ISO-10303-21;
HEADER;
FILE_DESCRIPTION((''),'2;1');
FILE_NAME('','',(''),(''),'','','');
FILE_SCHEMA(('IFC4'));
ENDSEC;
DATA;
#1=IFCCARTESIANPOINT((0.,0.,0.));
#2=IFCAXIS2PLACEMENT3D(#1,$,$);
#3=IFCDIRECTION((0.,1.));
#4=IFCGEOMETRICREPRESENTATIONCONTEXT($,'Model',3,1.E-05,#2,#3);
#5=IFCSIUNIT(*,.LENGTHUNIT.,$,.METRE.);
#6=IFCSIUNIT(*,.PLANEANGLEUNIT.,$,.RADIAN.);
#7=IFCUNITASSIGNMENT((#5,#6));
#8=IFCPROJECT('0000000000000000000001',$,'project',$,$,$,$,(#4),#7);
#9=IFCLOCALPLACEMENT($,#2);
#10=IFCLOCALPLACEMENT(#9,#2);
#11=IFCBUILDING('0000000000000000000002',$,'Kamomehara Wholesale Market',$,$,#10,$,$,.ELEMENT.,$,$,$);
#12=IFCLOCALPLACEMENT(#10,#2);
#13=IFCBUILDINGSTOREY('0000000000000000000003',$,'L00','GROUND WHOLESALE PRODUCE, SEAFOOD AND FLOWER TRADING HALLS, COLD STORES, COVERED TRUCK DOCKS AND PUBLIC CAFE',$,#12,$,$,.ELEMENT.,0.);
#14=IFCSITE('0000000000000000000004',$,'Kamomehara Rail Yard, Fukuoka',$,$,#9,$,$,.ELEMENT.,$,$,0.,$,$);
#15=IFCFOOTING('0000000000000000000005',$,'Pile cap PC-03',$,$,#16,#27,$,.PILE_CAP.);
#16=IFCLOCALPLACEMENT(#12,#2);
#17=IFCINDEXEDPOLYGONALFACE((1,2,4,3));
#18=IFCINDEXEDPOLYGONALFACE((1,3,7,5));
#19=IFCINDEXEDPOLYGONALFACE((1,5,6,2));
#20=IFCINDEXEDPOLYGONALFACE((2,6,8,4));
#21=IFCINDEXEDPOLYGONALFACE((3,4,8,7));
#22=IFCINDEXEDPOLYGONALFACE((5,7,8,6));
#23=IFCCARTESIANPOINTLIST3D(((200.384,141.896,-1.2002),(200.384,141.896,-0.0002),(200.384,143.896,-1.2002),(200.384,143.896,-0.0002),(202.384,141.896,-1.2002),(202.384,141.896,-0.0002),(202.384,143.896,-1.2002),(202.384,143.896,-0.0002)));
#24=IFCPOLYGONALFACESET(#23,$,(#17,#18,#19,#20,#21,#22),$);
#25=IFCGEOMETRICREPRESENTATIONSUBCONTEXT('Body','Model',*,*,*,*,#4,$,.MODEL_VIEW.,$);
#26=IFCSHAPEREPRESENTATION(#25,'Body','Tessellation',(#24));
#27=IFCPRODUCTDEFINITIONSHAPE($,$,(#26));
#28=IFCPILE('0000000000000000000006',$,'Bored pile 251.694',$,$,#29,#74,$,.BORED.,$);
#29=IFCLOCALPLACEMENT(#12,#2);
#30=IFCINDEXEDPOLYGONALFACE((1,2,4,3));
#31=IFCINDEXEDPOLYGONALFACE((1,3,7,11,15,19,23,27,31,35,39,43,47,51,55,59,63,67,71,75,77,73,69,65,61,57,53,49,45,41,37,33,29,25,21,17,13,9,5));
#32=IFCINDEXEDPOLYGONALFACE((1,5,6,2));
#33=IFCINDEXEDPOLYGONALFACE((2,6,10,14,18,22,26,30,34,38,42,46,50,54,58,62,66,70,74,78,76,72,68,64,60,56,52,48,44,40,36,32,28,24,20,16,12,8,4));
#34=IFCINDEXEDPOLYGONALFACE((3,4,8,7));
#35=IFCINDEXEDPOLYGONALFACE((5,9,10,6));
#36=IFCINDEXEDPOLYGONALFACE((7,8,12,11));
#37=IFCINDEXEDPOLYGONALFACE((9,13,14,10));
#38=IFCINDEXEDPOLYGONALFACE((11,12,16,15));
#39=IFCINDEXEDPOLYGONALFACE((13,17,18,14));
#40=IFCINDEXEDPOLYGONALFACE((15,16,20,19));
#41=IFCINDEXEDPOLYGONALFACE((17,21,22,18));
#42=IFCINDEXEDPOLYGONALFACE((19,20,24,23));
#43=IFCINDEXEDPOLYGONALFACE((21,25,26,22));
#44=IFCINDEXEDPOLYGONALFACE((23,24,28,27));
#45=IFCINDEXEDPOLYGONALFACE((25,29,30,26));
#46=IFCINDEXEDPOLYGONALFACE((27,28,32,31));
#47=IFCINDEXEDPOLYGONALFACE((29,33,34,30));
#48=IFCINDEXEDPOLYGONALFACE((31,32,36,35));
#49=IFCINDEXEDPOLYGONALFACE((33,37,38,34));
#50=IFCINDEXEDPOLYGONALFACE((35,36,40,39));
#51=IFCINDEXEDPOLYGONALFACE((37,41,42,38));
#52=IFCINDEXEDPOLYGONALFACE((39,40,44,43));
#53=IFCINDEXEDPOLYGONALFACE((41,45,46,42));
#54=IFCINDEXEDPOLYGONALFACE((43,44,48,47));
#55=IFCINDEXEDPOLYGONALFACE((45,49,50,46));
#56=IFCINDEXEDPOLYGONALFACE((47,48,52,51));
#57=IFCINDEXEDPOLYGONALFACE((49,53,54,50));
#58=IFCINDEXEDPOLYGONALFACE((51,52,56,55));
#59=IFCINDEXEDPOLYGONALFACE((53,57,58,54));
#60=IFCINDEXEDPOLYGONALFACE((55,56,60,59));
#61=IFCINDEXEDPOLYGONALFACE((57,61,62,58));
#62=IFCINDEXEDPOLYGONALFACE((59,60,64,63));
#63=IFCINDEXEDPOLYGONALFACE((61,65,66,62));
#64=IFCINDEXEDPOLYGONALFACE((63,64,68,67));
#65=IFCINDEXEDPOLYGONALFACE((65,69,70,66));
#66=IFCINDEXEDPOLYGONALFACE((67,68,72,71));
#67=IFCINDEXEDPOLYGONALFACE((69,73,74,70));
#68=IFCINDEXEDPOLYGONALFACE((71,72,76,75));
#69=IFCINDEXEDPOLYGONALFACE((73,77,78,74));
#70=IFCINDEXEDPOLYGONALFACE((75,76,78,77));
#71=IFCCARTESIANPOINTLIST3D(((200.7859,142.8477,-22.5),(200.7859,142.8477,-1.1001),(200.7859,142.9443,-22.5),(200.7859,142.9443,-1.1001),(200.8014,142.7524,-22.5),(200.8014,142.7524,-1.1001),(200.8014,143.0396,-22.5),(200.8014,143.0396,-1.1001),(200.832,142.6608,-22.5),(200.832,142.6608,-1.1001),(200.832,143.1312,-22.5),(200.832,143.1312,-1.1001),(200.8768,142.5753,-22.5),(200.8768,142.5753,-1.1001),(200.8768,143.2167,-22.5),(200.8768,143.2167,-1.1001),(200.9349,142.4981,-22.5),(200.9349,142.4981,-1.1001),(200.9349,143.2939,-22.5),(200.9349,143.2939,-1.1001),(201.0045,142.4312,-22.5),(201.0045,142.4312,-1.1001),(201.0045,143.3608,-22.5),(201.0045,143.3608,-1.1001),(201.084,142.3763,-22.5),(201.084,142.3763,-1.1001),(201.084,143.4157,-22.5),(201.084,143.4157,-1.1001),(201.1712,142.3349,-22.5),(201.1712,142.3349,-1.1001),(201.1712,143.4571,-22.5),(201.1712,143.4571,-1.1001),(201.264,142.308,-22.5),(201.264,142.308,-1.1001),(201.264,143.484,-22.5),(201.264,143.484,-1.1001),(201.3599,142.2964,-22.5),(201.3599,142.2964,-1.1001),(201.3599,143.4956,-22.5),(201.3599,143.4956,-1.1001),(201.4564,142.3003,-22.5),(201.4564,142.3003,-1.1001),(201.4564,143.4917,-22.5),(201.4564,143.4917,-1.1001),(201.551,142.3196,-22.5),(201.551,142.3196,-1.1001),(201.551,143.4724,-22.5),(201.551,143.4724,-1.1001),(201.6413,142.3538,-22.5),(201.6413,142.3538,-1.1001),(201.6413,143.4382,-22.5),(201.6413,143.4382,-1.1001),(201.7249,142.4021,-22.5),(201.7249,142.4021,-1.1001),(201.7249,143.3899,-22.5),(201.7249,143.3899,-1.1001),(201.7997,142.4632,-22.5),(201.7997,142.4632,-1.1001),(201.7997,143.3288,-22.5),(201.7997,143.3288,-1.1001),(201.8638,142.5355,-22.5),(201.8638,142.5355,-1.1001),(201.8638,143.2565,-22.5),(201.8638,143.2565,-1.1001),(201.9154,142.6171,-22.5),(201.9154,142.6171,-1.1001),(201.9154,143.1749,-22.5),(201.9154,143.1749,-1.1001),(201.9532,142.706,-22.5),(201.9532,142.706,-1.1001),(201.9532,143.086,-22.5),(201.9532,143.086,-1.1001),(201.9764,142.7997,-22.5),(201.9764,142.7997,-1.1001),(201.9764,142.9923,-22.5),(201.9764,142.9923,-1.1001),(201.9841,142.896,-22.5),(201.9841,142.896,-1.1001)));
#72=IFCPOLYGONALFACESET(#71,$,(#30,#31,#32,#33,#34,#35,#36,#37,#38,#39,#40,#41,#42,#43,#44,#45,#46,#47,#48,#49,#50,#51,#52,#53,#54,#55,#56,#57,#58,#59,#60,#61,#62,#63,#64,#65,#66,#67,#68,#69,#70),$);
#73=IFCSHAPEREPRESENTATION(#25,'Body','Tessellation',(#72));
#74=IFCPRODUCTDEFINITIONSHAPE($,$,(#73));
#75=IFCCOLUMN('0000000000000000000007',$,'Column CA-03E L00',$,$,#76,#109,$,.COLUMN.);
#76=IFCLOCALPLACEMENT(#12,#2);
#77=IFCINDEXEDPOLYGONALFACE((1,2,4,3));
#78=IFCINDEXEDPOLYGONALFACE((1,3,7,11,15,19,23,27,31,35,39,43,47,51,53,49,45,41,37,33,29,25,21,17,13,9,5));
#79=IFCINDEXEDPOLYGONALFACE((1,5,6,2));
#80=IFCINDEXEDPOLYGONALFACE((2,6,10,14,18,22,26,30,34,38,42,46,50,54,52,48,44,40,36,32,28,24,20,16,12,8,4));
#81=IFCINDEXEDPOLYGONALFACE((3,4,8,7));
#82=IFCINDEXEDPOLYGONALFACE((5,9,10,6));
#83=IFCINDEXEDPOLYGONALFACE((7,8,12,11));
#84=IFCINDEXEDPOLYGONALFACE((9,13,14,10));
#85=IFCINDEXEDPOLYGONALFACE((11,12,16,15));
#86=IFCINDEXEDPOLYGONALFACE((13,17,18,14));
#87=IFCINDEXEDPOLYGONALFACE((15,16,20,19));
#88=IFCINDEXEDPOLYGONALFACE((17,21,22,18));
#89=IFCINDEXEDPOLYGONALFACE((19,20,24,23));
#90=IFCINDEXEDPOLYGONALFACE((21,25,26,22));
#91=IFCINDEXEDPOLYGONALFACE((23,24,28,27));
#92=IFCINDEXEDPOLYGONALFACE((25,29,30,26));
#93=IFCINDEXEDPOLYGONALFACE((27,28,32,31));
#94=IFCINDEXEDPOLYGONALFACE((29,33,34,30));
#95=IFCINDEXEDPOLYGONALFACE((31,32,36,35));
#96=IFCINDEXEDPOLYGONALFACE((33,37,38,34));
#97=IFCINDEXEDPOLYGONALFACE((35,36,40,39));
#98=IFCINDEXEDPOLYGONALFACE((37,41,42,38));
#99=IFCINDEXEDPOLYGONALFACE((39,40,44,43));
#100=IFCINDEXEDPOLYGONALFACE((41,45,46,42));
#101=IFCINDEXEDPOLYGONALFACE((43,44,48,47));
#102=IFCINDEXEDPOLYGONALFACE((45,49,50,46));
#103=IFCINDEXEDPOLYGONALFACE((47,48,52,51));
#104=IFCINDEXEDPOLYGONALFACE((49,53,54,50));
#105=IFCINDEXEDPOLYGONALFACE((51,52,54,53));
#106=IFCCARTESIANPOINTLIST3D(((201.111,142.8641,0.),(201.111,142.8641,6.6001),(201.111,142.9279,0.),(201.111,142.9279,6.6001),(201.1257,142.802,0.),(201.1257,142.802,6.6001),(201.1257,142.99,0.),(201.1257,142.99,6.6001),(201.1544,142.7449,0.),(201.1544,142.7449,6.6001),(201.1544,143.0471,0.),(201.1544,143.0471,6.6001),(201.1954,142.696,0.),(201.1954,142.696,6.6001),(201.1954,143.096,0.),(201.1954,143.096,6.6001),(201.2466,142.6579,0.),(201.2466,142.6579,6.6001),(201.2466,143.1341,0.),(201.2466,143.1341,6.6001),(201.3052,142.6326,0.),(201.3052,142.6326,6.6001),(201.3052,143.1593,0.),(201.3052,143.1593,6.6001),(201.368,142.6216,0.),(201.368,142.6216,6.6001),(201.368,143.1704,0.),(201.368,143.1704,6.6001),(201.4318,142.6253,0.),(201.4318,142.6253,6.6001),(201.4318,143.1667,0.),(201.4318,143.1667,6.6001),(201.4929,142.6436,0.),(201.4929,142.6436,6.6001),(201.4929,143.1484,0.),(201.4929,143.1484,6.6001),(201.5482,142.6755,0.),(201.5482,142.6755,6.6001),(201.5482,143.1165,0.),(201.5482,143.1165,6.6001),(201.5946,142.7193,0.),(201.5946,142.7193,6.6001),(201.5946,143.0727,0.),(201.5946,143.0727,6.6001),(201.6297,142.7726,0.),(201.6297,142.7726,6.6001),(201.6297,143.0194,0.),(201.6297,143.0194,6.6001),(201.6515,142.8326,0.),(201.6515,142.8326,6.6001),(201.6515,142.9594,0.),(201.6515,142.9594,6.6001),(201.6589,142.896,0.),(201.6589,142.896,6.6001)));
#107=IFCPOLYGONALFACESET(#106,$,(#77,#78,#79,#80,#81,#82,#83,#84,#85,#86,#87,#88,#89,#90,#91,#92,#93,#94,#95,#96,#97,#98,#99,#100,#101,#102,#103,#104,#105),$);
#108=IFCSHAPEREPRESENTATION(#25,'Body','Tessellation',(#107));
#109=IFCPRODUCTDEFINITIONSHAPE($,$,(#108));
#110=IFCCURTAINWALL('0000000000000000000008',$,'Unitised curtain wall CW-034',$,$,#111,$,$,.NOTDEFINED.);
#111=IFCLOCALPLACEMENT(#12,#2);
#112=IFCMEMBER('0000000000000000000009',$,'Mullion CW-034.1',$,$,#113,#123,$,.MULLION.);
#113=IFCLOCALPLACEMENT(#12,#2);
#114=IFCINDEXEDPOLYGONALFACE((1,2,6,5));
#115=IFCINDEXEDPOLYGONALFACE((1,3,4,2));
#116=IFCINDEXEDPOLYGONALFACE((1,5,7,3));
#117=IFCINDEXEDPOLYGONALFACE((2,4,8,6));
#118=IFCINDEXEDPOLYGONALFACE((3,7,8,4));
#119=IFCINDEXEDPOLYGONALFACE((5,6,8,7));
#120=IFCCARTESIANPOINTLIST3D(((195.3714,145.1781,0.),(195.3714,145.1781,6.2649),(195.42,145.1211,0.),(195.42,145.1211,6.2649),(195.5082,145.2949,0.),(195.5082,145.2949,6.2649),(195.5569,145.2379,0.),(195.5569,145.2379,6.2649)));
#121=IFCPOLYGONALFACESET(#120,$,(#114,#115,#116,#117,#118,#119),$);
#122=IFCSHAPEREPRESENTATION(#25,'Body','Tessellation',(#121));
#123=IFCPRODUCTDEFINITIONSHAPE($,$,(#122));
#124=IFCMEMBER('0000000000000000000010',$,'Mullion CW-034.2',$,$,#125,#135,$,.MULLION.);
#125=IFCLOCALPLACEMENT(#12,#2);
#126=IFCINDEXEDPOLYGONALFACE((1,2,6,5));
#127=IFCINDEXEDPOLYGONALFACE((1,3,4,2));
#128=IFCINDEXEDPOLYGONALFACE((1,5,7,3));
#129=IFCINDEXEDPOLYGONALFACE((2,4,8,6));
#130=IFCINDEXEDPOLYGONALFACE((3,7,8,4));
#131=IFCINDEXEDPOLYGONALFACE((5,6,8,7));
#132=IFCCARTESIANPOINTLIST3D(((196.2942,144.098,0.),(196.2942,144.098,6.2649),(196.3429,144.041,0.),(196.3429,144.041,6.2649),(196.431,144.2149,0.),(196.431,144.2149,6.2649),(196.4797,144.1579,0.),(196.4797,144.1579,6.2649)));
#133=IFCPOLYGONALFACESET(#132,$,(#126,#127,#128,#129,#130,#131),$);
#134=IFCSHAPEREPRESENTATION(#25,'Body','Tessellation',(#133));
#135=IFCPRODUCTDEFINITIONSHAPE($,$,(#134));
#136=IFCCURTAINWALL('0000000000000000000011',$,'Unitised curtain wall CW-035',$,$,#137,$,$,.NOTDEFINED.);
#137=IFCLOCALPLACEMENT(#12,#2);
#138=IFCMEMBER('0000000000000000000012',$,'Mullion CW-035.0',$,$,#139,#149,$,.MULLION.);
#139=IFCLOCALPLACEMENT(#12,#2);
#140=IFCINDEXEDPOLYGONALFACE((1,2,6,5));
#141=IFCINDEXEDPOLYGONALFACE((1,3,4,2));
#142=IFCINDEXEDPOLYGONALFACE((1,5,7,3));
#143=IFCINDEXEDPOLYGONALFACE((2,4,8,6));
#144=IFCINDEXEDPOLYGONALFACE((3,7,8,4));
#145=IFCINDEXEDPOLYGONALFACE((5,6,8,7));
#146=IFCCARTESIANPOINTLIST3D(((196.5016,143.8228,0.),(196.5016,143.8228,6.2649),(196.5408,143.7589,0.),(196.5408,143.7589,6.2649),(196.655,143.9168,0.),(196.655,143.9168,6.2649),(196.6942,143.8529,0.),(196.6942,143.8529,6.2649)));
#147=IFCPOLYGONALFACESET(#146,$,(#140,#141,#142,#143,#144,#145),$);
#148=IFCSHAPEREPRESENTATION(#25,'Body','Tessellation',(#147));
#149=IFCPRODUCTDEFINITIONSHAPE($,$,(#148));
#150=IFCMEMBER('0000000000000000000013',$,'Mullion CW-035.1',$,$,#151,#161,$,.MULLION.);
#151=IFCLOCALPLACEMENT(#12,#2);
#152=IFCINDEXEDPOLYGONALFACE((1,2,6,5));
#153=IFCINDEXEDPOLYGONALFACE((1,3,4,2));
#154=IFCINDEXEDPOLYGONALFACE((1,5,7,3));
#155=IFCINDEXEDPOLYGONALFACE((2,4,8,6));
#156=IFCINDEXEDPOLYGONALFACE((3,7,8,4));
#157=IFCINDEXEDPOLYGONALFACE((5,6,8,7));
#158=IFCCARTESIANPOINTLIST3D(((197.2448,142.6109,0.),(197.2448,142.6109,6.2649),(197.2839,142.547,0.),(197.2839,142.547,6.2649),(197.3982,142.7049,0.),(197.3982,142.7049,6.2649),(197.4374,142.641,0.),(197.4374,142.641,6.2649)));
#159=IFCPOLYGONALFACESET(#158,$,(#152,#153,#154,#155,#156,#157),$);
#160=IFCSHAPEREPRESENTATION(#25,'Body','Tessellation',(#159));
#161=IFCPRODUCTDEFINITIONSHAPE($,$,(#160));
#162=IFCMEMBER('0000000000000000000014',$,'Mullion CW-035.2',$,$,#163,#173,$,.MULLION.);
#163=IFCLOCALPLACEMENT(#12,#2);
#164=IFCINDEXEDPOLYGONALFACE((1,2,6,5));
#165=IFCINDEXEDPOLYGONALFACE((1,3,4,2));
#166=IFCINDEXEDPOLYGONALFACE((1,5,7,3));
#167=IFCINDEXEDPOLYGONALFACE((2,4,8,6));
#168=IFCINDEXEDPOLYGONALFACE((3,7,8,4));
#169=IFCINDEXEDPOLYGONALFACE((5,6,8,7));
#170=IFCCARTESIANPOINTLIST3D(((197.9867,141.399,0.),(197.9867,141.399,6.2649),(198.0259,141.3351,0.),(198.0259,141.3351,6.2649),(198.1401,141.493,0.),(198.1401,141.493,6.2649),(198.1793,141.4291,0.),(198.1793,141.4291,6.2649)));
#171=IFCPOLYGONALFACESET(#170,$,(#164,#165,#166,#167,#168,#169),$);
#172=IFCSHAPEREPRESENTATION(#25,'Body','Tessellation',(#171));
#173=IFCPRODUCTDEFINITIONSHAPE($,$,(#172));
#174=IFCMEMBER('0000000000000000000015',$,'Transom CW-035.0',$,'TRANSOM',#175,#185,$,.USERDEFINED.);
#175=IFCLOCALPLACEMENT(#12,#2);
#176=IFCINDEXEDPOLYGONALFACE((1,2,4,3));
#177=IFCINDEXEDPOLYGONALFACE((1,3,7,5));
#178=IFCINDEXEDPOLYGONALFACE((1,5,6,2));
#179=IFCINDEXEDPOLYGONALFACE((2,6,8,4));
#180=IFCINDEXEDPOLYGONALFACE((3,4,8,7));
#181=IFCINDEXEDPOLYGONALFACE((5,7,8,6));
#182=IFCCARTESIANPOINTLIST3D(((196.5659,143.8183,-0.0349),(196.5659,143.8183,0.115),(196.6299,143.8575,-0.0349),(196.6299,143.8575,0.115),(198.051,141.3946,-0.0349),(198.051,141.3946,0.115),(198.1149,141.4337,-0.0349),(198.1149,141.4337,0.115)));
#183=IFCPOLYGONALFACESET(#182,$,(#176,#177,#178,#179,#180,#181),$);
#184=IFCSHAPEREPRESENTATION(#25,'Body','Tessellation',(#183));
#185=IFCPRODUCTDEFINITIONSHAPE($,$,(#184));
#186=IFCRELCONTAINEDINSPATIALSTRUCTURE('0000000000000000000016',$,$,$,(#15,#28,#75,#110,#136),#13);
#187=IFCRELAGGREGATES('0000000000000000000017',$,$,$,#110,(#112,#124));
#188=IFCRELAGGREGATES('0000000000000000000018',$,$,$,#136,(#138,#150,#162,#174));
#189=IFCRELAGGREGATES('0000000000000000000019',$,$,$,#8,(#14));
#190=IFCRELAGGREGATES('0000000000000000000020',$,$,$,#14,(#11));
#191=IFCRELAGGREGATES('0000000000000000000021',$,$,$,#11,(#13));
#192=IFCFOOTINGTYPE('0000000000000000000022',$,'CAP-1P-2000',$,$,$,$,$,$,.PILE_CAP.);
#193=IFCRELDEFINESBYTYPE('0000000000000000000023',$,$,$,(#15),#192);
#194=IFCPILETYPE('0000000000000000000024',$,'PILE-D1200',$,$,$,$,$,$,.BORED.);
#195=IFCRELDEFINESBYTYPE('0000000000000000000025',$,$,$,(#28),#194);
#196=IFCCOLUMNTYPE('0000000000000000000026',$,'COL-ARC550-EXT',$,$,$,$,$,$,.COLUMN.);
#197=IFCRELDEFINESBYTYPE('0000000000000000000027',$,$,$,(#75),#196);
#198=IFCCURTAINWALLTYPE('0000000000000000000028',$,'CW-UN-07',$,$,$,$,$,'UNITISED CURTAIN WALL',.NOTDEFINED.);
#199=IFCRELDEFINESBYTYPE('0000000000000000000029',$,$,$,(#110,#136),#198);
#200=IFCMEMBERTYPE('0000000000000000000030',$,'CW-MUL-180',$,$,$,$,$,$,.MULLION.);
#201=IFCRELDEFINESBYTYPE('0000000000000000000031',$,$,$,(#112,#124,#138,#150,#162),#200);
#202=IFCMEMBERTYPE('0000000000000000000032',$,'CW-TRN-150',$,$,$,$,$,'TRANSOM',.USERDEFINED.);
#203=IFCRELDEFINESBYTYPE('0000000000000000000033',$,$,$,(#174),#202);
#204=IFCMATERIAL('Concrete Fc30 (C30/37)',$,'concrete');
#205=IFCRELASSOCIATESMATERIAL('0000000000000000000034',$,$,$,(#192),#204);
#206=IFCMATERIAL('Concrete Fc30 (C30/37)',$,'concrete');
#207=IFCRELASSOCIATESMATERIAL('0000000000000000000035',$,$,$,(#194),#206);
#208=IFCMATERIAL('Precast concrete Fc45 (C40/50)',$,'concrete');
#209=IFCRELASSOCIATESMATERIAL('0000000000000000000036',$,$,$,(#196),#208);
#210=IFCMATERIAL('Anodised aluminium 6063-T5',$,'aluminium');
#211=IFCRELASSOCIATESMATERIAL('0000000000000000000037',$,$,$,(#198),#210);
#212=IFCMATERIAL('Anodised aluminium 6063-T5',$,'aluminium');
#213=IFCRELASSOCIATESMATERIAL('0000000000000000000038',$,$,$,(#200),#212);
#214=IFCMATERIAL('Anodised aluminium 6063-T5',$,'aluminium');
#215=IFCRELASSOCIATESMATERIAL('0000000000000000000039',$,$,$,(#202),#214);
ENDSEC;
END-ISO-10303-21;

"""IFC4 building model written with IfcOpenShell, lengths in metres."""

from ifc_helpers import new_model, si_unit, direction, frame, origin, origin_2d, place, context, subcontext, project, spatial, rectangle, circle, extrude, material, material_profile, profile_set, type_object, element, aggregate, save


model = new_model("IFC4")

# Units and contexts
model_context = context("Model", 3, precision=1e-05, world=origin(), true_north=direction((0.0, 1.0)))
body_context = subcontext(model_context, "Body", "Model", "MODEL_VIEW")
ifc_project = project(units=[si_unit("LENGTHUNIT", "METRE"), si_unit("PLANEANGLEUNIT", "RADIAN")], contexts=[model_context])

# Site, building, storey
site_placement = place(None, origin())
site = spatial("IfcSite", under=ifc_project, at=site_placement, Name="Kamomehara Rail Yard, Fukuoka", CompositionType="ELEMENT", RefElevation=0.0)
building_placement = place(site_placement, origin())
building = spatial("IfcBuilding", under=site, at=building_placement, Name="Kamomehara Wholesale Market", CompositionType="ELEMENT")
storey_placement = place(building_placement, origin())
storey = spatial("IfcBuildingStorey", under=building, at=storey_placement, Name="L00", Description="GROUND WHOLESALE PRODUCE, SEAFOOD AND FLOWER TRADING HALLS, COLD STORES, COVERED TRUCK DOCKS AND PUBLIC CAFE", CompositionType="ELEMENT", Elevation=0.0)

# Footing
ifc_material_1 = material(Name="Concrete Fc30 (C30/37)", Category="concrete")
footing_type = type_object("IfcFootingType", Name="CAP-1P-2000", PredefinedType="PILE_CAP", material=ifc_material_1)
footing_placement = place(storey_placement, frame((201.384, 142.896, -1.2002), z_axis=(0.0, 0.0, 1.0), x_axis=(1.0, 0.0, 0.0)))
element("IfcFooting", 1, at=footing_placement, inside=storey, type_object=footing_type, Name="Pile cap PC-03", PredefinedType="PILE_CAP", context=body_context, shape_type="SweptSolid", body=[
    extrude(rectangle(XDim=2.0, YDim=2.0, at=origin_2d()), origin(), (0.0, 0.0, 1.0), 1.2),
])

# Pile
ifc_material_2 = material(Name="Concrete Fc30 (C30/37)", Category="concrete")
ifc_material_profile_1 = material_profile(ifc_material_2, circle(Radius=0.6001, at=origin_2d()), Name="RC-PILE-D1200")
ifc_profile_set_1 = profile_set([ifc_material_profile_1], Name="Concrete Fc30 (C30/37)")
pile_type = type_object("IfcPileType", Name="PILE-D1200", PredefinedType="BORED", material=ifc_profile_set_1)
pile_placement = place(storey_placement, frame((201.384, 142.896, -1.1001), z_axis=(0.0, 0.0, -1.0), x_axis=(1.0, 0.0, 0.0)))
element("IfcPile", 2, at=pile_placement, inside=storey, type_object=pile_type, Name="Bored pile 251.694", PredefinedType="BORED", context=body_context, shape_type="SweptSolid", body=[
    extrude(circle(Radius=0.6001, at=origin_2d()), origin(), (0.0, 0.0, 1.0), 21.3999),
])

# Column
ifc_material_3 = material(Name="Precast concrete Fc45 (C40/50)", Category="concrete")
ifc_material_profile_2 = material_profile(ifc_material_3, circle(Radius=0.2749, at=origin_2d()), Name="PC-ARC-D550")
ifc_profile_set_2 = profile_set([ifc_material_profile_2], Name="Precast concrete Fc45 (C40/50)")
column_type = type_object("IfcColumnType", Name="COL-ARC550-EXT", PredefinedType="COLUMN", material=ifc_profile_set_2)
column_placement = place(storey_placement, frame((201.384, 142.896, 0.0), z_axis=(0.0, 0.0, 1.0), x_axis=(1.0, 0.0, 0.0)))
element("IfcColumn", 3, at=column_placement, inside=storey, type_object=column_type, Name="Column CA-03E L00", PredefinedType="COLUMN", context=body_context, shape_type="SweptSolid", body=[
    extrude(circle(Radius=0.2749, at=origin_2d()), origin(), (0.0, 0.0, 1.0), 6.6001),
])

# Curtain walls, members
ifc_material_4 = material(Name="Anodised aluminium 6063-T5", Category="aluminium")
curtain_wall_type = type_object("IfcCurtainWallType", Name="CW-UN-07", ElementType="UNITISED CURTAIN WALL", PredefinedType="NOTDEFINED", material=ifc_material_4)
curtain_wall_1_placement = place(storey_placement, origin())
curtain_wall_1 = element("IfcCurtainWall", 4, at=curtain_wall_1_placement, inside=storey, type_object=curtain_wall_type, Name="Unitised curtain wall CW-034", PredefinedType="NOTDEFINED")
ifc_material_5 = material(Name="Anodised aluminium 6063-T5", Category="aluminium")
ifc_material_profile_3 = material_profile(ifc_material_5, rectangle(XDim=0.075, YDim=0.1799, at=origin_2d()), Name="ALU-MUL-75x180")
ifc_profile_set_3 = profile_set([ifc_material_profile_3], Name="Anodised aluminium 6063-T5")
member_type_1 = type_object("IfcMemberType", Name="CW-MUL-180", PredefinedType="MULLION", material=ifc_profile_set_3)
member_1_placement = place(storey_placement, frame((195.4641, 145.208, 0.0), z_axis=(0.0, 0.0, 1.0), x_axis=(0.649485, -0.760374, 0.0)))
member_1 = element("IfcMember", 5, at=member_1_placement, type_object=member_type_1, Name="Mullion CW-034.1", PredefinedType="MULLION", context=body_context, shape_type="SweptSolid", body=[
    extrude(rectangle(XDim=0.075, YDim=0.1799, at=origin_2d()), origin(), (0.0, 0.0, 1.0), 6.2649),
])
member_2_placement = place(storey_placement, frame((196.387, 144.1279, 0.0), z_axis=(0.0, 0.0, 1.0), x_axis=(0.649485, -0.760374, 0.0)))
member_2 = element("IfcMember", 6, at=member_2_placement, type_object=member_type_1, Name="Mullion CW-034.2", PredefinedType="MULLION", context=body_context, shape_type="SweptSolid", body=[
    extrude(rectangle(XDim=0.075, YDim=0.1799, at=origin_2d()), origin(), (0.0, 0.0, 1.0), 6.2649),
])
curtain_wall_2_placement = place(storey_placement, origin())
curtain_wall_2 = element("IfcCurtainWall", 7, at=curtain_wall_2_placement, inside=storey, type_object=curtain_wall_type, Name="Unitised curtain wall CW-035", PredefinedType="NOTDEFINED")
member_3_placement = place(storey_placement, frame((196.5979, 143.8379, 0.0), z_axis=(0.0, 0.0, 1.0), x_axis=(0.522388, -0.852708, 0.0)))
member_3 = element("IfcMember", 8, at=member_3_placement, type_object=member_type_1, Name="Mullion CW-035.0", PredefinedType="MULLION", context=body_context, shape_type="SweptSolid", body=[
    extrude(rectangle(XDim=0.075, YDim=0.1799, at=origin_2d()), origin(), (0.0, 0.0, 1.0), 6.2649),
])
member_4_placement = place(storey_placement, frame((197.3411, 142.626, 0.0), z_axis=(0.0, 0.0, 1.0), x_axis=(0.522388, -0.852708, 0.0)))
member_4 = element("IfcMember", 9, at=member_4_placement, type_object=member_type_1, Name="Mullion CW-035.1", PredefinedType="MULLION", context=body_context, shape_type="SweptSolid", body=[
    extrude(rectangle(XDim=0.075, YDim=0.1799, at=origin_2d()), origin(), (0.0, 0.0, 1.0), 6.2649),
])
member_5_placement = place(storey_placement, frame((198.083, 141.4141, 0.0), z_axis=(0.0, 0.0, 1.0), x_axis=(0.522388, -0.852708, 0.0)))
member_5 = element("IfcMember", 10, at=member_5_placement, type_object=member_type_1, Name="Mullion CW-035.2", PredefinedType="MULLION", context=body_context, shape_type="SweptSolid", body=[
    extrude(rectangle(XDim=0.075, YDim=0.1799, at=origin_2d()), origin(), (0.0, 0.0, 1.0), 6.2649),
])
ifc_material_6 = material(Name="Anodised aluminium 6063-T5", Category="aluminium")
ifc_material_profile_4 = material_profile(ifc_material_6, rectangle(XDim=0.075, YDim=0.1499, at=origin_2d()), Name="ALU-TRN-75x150")
ifc_profile_set_4 = profile_set([ifc_material_profile_4], Name="Anodised aluminium 6063-T5")
member_type_2 = type_object("IfcMemberType", Name="CW-TRN-150", ElementType="TRANSOM", PredefinedType="USERDEFINED", material=ifc_profile_set_4)
member_6_placement = place(storey_placement, frame((196.5979, 143.8379, 0.04), z_axis=(0.522443, -0.852674, 0.0), x_axis=(0.852674, 0.522443, 0.0)))
member_6 = element("IfcMember", 11, at=member_6_placement, type_object=member_type_2, Name="Transom CW-035.0", ObjectType="TRANSOM", PredefinedType="USERDEFINED", context=body_context, shape_type="SweptSolid", body=[
    extrude(rectangle(XDim=0.075, YDim=0.1499, at=origin_2d()), origin(), (0.0, 0.0, 1.0), 2.8425),
])

aggregate(curtain_wall_1, [member_1, member_2])
aggregate(curtain_wall_2, [member_3, member_4, member_5, member_6])

save(model, "model.ifc")
